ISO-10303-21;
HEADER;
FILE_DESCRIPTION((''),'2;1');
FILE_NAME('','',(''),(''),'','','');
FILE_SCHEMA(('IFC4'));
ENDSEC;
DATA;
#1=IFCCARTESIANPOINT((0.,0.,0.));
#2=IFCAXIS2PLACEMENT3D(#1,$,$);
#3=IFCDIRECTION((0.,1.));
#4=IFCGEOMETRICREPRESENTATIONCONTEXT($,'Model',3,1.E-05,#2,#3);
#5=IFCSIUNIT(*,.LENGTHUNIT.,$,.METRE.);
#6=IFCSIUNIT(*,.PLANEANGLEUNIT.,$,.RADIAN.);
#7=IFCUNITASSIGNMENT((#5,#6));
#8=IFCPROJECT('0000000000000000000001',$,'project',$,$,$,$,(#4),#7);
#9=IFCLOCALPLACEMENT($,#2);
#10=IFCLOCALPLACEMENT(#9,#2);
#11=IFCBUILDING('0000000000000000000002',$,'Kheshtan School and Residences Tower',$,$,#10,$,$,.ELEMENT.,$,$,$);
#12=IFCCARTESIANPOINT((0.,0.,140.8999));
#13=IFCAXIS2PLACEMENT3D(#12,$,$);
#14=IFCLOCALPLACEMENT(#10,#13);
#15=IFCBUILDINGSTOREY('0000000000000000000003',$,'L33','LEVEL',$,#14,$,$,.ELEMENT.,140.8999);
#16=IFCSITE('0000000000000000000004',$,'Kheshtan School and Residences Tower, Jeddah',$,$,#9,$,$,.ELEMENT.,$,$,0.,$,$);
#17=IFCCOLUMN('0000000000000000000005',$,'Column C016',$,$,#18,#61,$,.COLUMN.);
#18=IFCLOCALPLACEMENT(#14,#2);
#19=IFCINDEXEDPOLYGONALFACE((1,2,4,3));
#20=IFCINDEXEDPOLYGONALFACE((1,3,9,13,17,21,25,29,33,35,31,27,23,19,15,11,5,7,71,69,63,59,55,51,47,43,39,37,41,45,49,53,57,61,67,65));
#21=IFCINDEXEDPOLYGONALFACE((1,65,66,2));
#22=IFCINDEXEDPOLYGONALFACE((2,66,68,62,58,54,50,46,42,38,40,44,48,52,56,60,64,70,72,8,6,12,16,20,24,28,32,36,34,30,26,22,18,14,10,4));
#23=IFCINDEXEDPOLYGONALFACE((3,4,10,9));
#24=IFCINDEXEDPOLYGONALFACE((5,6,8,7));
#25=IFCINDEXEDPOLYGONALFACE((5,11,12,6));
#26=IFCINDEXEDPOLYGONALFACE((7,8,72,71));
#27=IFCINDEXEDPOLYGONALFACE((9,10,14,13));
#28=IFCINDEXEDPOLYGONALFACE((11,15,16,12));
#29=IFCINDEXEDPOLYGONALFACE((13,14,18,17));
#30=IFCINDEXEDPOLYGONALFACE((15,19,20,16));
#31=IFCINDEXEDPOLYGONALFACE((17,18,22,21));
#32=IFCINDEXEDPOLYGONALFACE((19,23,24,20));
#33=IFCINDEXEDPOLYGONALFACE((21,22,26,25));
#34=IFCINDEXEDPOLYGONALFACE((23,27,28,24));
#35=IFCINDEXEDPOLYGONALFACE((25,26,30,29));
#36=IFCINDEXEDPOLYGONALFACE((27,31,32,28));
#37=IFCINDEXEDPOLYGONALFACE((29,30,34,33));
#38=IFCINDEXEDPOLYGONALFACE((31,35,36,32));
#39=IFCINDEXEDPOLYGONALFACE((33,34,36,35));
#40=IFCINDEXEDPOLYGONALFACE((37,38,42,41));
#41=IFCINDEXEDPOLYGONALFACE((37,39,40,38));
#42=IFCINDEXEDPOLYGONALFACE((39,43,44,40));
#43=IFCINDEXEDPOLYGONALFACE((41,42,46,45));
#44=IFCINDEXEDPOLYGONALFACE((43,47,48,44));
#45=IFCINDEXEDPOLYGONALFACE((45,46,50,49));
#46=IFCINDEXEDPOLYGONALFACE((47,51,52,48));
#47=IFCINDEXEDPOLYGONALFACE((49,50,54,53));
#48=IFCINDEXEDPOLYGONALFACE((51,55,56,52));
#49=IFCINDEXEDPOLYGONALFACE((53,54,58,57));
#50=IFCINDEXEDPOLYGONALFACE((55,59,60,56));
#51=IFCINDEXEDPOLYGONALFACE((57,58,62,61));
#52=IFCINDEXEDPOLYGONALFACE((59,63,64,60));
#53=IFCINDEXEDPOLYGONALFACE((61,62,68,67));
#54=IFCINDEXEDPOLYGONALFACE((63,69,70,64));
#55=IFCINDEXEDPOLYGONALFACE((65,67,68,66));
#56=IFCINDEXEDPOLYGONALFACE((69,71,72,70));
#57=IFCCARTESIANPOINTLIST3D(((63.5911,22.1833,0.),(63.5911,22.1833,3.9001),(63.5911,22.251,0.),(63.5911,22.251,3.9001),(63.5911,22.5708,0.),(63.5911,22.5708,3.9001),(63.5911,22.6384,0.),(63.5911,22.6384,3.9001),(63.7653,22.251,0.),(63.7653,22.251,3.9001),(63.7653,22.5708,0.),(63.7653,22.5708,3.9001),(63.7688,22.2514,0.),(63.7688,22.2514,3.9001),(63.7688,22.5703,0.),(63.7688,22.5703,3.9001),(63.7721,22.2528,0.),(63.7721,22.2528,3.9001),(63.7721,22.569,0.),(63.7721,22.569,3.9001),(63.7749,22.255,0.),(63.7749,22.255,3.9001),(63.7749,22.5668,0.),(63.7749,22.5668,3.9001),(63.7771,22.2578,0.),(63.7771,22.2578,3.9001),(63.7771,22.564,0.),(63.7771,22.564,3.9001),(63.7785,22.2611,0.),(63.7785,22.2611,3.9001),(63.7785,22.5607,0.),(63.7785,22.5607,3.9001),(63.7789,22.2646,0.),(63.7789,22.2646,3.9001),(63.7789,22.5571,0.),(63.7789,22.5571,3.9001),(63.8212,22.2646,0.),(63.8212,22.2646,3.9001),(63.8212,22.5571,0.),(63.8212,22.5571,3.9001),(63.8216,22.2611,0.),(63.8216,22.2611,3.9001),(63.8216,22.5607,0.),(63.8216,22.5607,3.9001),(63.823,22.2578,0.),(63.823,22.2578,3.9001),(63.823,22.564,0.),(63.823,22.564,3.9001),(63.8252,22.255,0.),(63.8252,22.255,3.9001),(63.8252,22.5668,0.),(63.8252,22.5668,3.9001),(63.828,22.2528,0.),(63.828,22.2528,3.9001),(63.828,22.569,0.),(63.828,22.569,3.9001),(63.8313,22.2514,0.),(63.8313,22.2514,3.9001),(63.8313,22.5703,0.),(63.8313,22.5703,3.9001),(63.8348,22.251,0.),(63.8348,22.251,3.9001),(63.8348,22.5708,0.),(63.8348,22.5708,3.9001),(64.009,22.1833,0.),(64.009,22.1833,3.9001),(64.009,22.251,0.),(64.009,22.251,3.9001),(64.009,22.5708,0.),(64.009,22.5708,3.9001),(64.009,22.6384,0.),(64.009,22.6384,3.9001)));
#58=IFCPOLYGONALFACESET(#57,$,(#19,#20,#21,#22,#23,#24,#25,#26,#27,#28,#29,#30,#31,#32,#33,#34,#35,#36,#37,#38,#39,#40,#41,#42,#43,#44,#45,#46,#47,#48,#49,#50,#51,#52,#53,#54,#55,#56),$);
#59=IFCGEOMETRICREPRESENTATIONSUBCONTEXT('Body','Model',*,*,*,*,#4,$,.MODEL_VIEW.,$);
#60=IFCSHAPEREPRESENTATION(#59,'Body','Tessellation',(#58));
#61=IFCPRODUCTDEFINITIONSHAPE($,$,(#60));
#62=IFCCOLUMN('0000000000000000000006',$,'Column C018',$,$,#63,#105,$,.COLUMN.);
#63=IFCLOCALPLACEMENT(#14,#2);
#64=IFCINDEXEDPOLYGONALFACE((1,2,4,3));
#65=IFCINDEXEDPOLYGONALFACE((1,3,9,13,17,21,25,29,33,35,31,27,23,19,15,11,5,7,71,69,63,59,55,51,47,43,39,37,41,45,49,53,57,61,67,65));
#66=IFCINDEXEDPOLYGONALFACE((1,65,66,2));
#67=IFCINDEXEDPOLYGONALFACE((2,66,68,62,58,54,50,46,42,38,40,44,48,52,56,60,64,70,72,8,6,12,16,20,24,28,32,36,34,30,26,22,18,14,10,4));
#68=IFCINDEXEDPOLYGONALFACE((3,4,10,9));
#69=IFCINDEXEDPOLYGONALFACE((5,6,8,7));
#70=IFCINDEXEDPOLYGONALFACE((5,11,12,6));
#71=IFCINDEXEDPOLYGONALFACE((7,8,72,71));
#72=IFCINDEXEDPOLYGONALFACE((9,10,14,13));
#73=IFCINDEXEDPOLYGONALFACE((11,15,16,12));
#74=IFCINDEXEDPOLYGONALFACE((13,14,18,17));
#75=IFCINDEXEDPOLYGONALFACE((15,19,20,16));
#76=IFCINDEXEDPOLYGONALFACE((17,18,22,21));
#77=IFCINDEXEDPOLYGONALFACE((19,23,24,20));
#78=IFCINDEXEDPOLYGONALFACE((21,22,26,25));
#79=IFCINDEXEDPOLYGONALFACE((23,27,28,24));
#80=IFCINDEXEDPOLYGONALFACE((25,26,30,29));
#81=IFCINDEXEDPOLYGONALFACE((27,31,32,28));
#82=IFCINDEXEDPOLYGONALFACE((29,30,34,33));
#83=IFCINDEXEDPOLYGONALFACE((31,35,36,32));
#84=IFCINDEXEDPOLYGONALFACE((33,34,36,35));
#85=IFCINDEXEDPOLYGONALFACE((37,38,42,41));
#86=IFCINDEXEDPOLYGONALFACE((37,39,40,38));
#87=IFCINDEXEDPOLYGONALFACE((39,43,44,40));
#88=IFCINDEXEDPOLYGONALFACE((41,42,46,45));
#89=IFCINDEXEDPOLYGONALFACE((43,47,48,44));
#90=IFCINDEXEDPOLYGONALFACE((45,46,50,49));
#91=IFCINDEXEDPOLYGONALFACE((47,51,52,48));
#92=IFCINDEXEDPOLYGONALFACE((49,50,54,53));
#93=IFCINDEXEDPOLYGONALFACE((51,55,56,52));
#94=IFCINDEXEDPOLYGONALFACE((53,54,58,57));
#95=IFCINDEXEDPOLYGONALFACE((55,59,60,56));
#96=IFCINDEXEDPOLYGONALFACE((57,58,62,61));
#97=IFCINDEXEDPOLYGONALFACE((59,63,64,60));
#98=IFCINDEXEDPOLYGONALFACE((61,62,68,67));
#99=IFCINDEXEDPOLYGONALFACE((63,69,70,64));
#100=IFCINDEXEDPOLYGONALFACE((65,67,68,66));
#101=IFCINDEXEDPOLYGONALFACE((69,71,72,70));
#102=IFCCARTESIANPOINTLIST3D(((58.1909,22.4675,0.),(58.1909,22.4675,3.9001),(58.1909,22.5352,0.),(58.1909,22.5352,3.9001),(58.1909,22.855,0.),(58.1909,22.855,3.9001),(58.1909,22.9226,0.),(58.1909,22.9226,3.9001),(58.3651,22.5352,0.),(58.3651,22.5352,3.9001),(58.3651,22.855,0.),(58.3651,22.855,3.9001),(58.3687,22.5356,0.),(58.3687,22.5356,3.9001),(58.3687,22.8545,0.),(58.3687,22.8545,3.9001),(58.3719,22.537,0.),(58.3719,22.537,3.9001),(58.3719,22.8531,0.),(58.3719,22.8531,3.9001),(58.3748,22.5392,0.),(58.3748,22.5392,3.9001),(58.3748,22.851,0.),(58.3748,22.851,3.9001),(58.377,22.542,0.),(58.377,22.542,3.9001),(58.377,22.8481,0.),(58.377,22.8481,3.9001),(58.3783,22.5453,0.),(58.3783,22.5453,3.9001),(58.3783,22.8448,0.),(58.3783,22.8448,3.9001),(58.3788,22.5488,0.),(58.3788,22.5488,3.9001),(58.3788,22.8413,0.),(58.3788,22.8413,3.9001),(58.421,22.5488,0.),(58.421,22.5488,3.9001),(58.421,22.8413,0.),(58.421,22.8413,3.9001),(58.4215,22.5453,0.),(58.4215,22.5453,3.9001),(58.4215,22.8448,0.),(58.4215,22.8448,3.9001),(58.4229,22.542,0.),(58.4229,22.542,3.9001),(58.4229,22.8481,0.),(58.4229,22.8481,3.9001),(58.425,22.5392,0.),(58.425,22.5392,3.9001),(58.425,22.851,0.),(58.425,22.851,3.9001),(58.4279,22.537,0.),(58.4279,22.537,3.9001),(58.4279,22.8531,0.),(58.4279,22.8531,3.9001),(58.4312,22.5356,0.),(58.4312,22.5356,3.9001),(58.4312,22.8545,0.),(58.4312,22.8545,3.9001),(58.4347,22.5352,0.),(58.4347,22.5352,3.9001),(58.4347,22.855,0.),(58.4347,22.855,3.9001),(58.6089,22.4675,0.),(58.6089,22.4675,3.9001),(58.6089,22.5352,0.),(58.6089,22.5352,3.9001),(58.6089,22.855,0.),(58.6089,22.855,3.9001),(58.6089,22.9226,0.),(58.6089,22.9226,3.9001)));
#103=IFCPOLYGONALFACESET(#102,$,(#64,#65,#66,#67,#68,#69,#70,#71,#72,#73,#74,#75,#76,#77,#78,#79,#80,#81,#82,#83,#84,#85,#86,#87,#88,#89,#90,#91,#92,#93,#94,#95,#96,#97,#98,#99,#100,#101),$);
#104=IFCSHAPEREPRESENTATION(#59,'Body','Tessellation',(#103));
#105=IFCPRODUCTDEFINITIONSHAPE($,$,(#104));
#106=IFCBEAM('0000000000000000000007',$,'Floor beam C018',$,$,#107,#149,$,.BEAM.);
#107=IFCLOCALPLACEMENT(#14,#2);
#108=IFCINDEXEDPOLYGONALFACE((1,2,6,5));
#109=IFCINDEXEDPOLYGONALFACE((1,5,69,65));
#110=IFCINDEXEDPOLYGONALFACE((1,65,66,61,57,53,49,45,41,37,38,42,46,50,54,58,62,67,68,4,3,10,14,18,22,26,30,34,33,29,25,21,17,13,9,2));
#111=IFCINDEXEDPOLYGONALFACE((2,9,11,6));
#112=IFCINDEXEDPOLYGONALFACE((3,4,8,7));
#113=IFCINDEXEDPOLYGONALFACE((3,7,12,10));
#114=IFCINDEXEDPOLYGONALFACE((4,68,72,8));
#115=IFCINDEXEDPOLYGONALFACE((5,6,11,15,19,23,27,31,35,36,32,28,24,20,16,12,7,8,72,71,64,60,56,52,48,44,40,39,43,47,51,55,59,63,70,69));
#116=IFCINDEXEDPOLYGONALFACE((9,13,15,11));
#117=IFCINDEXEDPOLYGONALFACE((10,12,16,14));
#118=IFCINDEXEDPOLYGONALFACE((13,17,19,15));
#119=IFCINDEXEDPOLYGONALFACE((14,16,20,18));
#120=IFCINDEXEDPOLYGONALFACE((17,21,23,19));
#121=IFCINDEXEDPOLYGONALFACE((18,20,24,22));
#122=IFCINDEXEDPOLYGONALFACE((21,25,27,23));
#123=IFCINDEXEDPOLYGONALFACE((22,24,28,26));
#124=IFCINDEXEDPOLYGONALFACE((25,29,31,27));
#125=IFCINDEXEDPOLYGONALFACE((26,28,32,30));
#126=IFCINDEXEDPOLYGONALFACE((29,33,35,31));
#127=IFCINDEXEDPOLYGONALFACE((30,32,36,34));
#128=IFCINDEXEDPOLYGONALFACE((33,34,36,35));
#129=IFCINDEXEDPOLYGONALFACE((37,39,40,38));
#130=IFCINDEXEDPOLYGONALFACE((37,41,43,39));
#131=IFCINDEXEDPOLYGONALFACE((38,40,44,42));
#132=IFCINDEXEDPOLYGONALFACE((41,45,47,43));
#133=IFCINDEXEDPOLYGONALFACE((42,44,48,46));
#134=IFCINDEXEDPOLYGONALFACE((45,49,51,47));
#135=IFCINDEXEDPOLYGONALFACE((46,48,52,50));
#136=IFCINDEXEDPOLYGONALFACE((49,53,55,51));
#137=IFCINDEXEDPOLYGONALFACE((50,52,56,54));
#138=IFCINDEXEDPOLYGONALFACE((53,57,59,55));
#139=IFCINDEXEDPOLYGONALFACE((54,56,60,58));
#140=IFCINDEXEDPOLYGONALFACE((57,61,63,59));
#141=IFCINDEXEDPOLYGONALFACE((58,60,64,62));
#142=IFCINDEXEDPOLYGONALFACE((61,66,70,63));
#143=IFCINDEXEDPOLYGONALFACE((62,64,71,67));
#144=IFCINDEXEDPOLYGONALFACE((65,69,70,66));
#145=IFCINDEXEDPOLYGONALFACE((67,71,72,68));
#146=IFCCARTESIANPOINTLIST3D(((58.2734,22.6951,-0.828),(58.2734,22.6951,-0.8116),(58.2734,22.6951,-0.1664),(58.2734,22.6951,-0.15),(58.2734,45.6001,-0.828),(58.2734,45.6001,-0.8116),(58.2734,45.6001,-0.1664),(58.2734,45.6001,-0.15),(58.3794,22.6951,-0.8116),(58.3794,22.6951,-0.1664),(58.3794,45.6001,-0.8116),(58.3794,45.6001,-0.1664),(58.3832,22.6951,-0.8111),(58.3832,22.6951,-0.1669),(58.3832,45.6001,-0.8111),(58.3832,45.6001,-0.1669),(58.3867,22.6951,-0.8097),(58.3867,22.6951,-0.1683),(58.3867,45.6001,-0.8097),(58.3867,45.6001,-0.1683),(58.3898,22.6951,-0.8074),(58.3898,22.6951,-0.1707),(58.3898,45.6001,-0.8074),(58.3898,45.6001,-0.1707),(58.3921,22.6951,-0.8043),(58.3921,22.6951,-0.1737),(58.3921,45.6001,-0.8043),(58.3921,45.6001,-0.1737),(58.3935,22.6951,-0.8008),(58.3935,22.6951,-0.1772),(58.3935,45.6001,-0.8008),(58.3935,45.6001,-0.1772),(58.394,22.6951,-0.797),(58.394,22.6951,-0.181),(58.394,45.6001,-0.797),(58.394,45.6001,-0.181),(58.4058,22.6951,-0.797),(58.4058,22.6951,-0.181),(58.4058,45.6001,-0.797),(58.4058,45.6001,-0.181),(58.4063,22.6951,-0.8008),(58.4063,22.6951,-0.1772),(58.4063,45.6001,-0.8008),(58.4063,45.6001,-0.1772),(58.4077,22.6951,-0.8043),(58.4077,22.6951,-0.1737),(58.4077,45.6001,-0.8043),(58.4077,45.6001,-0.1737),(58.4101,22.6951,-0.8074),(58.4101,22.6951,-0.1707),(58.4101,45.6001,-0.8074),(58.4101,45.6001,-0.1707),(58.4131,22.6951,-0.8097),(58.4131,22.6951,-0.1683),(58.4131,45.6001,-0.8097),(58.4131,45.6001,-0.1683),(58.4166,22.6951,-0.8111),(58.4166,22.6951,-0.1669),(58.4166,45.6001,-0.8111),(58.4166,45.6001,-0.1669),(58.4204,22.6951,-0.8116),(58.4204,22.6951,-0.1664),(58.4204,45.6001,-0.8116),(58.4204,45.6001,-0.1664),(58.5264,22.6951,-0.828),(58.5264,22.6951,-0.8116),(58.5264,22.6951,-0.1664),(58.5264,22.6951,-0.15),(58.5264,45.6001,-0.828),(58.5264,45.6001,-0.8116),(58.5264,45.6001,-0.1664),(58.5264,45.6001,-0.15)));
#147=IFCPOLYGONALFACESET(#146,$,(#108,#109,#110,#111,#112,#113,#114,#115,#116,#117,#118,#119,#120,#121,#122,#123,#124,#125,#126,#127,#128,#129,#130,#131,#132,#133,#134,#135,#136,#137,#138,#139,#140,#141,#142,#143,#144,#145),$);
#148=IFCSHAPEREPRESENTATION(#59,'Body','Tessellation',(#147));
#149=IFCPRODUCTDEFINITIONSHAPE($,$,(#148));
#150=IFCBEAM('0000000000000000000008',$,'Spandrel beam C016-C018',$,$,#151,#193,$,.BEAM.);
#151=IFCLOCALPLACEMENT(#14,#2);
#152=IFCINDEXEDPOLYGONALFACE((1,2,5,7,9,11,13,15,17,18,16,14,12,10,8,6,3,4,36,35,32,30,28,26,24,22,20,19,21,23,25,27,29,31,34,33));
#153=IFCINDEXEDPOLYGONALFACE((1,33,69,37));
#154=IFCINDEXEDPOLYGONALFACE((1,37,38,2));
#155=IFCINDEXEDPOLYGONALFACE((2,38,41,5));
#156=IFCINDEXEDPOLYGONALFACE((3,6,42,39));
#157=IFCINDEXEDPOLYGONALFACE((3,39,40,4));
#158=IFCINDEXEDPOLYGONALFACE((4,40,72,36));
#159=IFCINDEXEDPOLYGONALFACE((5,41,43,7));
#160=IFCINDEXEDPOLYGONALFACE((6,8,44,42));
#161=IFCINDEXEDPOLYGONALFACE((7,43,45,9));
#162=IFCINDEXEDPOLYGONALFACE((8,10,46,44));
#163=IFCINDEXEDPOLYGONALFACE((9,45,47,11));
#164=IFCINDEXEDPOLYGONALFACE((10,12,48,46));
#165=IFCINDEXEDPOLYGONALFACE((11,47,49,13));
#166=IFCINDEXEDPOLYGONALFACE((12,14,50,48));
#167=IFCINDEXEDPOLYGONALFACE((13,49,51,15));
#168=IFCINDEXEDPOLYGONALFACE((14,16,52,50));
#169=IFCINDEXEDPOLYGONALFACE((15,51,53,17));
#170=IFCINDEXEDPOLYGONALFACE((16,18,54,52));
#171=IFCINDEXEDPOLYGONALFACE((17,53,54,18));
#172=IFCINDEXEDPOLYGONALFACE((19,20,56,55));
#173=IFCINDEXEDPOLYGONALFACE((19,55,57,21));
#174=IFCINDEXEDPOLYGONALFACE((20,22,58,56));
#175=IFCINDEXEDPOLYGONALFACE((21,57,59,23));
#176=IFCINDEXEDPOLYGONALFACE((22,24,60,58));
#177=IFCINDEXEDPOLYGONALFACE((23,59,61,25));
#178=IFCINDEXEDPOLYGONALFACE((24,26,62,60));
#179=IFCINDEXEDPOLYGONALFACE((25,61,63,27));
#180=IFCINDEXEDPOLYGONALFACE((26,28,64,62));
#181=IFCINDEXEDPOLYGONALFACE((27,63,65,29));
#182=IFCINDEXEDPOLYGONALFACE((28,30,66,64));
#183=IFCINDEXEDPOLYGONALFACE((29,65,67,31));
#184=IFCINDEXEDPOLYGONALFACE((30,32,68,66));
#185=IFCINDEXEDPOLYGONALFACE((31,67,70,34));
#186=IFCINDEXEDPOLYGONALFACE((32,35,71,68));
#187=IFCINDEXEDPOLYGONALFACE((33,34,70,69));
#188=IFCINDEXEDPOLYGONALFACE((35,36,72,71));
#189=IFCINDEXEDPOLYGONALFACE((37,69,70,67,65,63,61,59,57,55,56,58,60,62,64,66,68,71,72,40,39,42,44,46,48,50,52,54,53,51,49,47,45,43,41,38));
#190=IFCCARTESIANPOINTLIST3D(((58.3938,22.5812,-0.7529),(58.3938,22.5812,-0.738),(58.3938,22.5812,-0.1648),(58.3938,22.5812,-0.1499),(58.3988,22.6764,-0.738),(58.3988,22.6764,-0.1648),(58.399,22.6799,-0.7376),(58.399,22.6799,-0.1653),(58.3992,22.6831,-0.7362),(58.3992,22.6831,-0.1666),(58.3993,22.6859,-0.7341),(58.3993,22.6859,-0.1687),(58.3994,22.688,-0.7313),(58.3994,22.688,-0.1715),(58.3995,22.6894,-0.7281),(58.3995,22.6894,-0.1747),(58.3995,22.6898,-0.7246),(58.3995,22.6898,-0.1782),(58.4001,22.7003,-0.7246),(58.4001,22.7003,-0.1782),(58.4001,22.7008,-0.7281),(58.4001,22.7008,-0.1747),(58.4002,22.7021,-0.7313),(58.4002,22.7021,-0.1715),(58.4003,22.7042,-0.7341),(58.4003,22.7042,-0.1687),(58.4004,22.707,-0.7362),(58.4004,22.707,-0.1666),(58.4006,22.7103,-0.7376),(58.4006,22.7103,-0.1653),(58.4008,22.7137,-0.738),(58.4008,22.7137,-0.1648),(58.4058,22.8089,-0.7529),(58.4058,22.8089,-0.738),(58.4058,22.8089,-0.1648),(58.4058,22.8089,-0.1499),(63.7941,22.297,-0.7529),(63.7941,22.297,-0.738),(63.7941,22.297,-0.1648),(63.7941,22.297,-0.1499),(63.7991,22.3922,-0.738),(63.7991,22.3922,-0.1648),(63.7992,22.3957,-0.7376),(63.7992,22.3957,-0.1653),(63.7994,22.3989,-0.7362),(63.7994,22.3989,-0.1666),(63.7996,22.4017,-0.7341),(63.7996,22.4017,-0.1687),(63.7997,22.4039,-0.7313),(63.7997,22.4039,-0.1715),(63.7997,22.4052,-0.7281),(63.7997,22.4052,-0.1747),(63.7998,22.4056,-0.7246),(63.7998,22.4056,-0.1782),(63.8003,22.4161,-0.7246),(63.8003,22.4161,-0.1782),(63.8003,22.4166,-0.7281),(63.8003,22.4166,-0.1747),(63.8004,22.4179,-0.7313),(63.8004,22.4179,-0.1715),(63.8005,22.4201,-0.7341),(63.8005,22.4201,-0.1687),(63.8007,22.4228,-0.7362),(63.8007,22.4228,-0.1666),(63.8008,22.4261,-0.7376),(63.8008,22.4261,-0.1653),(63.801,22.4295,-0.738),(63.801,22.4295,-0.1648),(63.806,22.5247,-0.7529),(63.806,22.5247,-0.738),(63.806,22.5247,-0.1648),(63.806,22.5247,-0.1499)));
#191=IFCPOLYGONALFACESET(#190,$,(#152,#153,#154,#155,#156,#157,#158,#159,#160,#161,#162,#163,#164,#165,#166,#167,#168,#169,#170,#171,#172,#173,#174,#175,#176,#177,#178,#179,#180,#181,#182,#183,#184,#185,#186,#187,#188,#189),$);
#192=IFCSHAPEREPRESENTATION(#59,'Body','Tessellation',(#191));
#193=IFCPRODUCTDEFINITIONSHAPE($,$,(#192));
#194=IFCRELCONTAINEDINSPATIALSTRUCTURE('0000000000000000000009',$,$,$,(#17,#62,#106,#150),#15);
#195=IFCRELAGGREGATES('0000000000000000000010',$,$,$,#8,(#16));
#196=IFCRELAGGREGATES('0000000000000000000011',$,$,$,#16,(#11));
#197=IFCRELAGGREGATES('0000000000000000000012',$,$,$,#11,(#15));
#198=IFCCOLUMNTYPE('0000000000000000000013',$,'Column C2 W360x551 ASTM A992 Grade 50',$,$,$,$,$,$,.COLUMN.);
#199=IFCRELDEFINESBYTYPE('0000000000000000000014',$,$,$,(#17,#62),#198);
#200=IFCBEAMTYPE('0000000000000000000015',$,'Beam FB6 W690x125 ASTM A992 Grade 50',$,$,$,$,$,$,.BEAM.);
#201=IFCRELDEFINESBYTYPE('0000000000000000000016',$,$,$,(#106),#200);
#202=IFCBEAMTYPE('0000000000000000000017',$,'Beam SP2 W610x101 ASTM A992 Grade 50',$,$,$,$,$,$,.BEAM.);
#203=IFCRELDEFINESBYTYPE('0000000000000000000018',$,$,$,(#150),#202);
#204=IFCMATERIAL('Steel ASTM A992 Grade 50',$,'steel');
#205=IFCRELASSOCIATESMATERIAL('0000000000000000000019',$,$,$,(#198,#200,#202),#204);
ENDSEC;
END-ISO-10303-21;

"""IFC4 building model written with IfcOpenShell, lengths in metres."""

from ifc_helpers import new_model, si_unit, direction, frame, origin, origin_2d, place, context, subcontext, project, spatial, i_section, extrude, material, material_profile, profile_set, type_object, element, save


model = new_model("IFC4")

# Units and contexts
model_context = context("Model", 3, precision=1e-05, world=origin(), true_north=direction((0.0, 1.0)))
body_context = subcontext(model_context, "Body", "Model", "MODEL_VIEW")
ifc_project = project(units=[si_unit("LENGTHUNIT", "METRE"), si_unit("PLANEANGLEUNIT", "RADIAN")], contexts=[model_context])

# Site, building, storey
site_placement = place(None, origin())
site = spatial("IfcSite", under=ifc_project, at=site_placement, Name="Kheshtan School and Residences Tower, Jeddah", CompositionType="ELEMENT", RefElevation=0.0)
building_placement = place(site_placement, origin())
building = spatial("IfcBuilding", under=site, at=building_placement, Name="Kheshtan School and Residences Tower", CompositionType="ELEMENT")
storey_placement = place(building_placement, frame((0.0, 0.0, 140.8999)))
storey = spatial("IfcBuildingStorey", under=building, at=storey_placement, Name="L33", Description="LEVEL", CompositionType="ELEMENT", Elevation=140.8999)

# Columns
ifc_material_1 = material(Name="Steel ASTM A992 Grade 50", Category="steel")
ifc_material_profile_1 = material_profile(ifc_material_1, i_section(OverallWidth=0.418, OverallDepth=0.4551, WebThickness=0.0422, FlangeThickness=0.0676, FilletRadius=0.0137, at=origin_2d()), Name="W360x551")
ifc_profile_set_1 = profile_set([ifc_material_profile_1], Name="Steel ASTM A992 Grade 50")
column_type = type_object("IfcColumnType", Name="Column C2 W360x551 ASTM A992 Grade 50", PredefinedType="COLUMN", material=ifc_profile_set_1)
for number, where, z_axis, x_axis, name in (
    (1, (63.8, 22.4109, 0.0), (0.0, 0.0, 1.0), (1.0, 0.0, 0.0), "Column C016"),
    (2, (58.3999, 22.6951, 0.0), (0.0, 0.0, 1.0), (1.0, 0.0, 0.0), "Column C018"),
):
    element("IfcColumn", number, at=place(storey_placement, frame(where, z_axis=z_axis, x_axis=x_axis)), inside=storey, type_object=column_type, Name=name, PredefinedType="COLUMN", context=body_context, shape_type="SweptSolid", body=[
        extrude(i_section(OverallWidth=0.418, OverallDepth=0.4551, WebThickness=0.0422, FlangeThickness=0.0676, FilletRadius=0.0137, at=origin_2d()), origin(), (0.0, 0.0, 1.0), 3.9001),
    ])

# Beams
ifc_material_profile_2 = material_profile(ifc_material_1, i_section(OverallWidth=0.2529, OverallDepth=0.678, WebThickness=0.0117, FlangeThickness=0.0164, FilletRadius=0.0146, at=origin_2d()), Name="W690x125")
ifc_profile_set_2 = profile_set([ifc_material_profile_2], Name="Steel ASTM A992 Grade 50")
beam_type_1 = type_object("IfcBeamType", Name="Beam FB6 W690x125 ASTM A992 Grade 50", PredefinedType="BEAM", material=ifc_profile_set_2)
beam_1_placement = place(storey_placement, frame((58.3999, 22.6951, -0.489), z_axis=(0.0, 1.0, 0.0), x_axis=(-1.0, 0.0, 0.0)))
element("IfcBeam", 3, at=beam_1_placement, inside=storey, type_object=beam_type_1, Name="Floor beam C018", PredefinedType="BEAM", context=body_context, shape_type="SweptSolid", body=[
    extrude(i_section(OverallWidth=0.2529, OverallDepth=0.678, WebThickness=0.0117, FlangeThickness=0.0164, FilletRadius=0.0146, at=origin_2d()), origin(), (0.0, 0.0, 1.0), 22.905),
])
ifc_material_profile_3 = material_profile(ifc_material_1, i_section(OverallWidth=0.228, OverallDepth=0.603, WebThickness=0.0105, FlangeThickness=0.0149, FilletRadius=0.0134, at=origin_2d()), Name="W610x101")
ifc_profile_set_3 = profile_set([ifc_material_profile_3], Name="Steel ASTM A992 Grade 50")
beam_type_2 = type_object("IfcBeamType", Name="Beam SP2 W610x101 ASTM A992 Grade 50", PredefinedType="BEAM", material=ifc_profile_set_3)
beam_2_placement = place(storey_placement, frame((63.8, 22.4109, -0.4514), z_axis=(-0.998618, 0.052552, 0.0), x_axis=(-0.052552, -0.998618, 0.0)))
element("IfcBeam", 4, at=beam_2_placement, inside=storey, type_object=beam_type_2, Name="Spandrel beam C016-C018", PredefinedType="BEAM", context=body_context, shape_type="SweptSolid", body=[
    extrude(i_section(OverallWidth=0.228, OverallDepth=0.603, WebThickness=0.0105, FlangeThickness=0.0149, FilletRadius=0.0134, at=origin_2d()), origin(), (0.0, 0.0, 1.0), 5.4077),
])

save(model, "model.ifc")
